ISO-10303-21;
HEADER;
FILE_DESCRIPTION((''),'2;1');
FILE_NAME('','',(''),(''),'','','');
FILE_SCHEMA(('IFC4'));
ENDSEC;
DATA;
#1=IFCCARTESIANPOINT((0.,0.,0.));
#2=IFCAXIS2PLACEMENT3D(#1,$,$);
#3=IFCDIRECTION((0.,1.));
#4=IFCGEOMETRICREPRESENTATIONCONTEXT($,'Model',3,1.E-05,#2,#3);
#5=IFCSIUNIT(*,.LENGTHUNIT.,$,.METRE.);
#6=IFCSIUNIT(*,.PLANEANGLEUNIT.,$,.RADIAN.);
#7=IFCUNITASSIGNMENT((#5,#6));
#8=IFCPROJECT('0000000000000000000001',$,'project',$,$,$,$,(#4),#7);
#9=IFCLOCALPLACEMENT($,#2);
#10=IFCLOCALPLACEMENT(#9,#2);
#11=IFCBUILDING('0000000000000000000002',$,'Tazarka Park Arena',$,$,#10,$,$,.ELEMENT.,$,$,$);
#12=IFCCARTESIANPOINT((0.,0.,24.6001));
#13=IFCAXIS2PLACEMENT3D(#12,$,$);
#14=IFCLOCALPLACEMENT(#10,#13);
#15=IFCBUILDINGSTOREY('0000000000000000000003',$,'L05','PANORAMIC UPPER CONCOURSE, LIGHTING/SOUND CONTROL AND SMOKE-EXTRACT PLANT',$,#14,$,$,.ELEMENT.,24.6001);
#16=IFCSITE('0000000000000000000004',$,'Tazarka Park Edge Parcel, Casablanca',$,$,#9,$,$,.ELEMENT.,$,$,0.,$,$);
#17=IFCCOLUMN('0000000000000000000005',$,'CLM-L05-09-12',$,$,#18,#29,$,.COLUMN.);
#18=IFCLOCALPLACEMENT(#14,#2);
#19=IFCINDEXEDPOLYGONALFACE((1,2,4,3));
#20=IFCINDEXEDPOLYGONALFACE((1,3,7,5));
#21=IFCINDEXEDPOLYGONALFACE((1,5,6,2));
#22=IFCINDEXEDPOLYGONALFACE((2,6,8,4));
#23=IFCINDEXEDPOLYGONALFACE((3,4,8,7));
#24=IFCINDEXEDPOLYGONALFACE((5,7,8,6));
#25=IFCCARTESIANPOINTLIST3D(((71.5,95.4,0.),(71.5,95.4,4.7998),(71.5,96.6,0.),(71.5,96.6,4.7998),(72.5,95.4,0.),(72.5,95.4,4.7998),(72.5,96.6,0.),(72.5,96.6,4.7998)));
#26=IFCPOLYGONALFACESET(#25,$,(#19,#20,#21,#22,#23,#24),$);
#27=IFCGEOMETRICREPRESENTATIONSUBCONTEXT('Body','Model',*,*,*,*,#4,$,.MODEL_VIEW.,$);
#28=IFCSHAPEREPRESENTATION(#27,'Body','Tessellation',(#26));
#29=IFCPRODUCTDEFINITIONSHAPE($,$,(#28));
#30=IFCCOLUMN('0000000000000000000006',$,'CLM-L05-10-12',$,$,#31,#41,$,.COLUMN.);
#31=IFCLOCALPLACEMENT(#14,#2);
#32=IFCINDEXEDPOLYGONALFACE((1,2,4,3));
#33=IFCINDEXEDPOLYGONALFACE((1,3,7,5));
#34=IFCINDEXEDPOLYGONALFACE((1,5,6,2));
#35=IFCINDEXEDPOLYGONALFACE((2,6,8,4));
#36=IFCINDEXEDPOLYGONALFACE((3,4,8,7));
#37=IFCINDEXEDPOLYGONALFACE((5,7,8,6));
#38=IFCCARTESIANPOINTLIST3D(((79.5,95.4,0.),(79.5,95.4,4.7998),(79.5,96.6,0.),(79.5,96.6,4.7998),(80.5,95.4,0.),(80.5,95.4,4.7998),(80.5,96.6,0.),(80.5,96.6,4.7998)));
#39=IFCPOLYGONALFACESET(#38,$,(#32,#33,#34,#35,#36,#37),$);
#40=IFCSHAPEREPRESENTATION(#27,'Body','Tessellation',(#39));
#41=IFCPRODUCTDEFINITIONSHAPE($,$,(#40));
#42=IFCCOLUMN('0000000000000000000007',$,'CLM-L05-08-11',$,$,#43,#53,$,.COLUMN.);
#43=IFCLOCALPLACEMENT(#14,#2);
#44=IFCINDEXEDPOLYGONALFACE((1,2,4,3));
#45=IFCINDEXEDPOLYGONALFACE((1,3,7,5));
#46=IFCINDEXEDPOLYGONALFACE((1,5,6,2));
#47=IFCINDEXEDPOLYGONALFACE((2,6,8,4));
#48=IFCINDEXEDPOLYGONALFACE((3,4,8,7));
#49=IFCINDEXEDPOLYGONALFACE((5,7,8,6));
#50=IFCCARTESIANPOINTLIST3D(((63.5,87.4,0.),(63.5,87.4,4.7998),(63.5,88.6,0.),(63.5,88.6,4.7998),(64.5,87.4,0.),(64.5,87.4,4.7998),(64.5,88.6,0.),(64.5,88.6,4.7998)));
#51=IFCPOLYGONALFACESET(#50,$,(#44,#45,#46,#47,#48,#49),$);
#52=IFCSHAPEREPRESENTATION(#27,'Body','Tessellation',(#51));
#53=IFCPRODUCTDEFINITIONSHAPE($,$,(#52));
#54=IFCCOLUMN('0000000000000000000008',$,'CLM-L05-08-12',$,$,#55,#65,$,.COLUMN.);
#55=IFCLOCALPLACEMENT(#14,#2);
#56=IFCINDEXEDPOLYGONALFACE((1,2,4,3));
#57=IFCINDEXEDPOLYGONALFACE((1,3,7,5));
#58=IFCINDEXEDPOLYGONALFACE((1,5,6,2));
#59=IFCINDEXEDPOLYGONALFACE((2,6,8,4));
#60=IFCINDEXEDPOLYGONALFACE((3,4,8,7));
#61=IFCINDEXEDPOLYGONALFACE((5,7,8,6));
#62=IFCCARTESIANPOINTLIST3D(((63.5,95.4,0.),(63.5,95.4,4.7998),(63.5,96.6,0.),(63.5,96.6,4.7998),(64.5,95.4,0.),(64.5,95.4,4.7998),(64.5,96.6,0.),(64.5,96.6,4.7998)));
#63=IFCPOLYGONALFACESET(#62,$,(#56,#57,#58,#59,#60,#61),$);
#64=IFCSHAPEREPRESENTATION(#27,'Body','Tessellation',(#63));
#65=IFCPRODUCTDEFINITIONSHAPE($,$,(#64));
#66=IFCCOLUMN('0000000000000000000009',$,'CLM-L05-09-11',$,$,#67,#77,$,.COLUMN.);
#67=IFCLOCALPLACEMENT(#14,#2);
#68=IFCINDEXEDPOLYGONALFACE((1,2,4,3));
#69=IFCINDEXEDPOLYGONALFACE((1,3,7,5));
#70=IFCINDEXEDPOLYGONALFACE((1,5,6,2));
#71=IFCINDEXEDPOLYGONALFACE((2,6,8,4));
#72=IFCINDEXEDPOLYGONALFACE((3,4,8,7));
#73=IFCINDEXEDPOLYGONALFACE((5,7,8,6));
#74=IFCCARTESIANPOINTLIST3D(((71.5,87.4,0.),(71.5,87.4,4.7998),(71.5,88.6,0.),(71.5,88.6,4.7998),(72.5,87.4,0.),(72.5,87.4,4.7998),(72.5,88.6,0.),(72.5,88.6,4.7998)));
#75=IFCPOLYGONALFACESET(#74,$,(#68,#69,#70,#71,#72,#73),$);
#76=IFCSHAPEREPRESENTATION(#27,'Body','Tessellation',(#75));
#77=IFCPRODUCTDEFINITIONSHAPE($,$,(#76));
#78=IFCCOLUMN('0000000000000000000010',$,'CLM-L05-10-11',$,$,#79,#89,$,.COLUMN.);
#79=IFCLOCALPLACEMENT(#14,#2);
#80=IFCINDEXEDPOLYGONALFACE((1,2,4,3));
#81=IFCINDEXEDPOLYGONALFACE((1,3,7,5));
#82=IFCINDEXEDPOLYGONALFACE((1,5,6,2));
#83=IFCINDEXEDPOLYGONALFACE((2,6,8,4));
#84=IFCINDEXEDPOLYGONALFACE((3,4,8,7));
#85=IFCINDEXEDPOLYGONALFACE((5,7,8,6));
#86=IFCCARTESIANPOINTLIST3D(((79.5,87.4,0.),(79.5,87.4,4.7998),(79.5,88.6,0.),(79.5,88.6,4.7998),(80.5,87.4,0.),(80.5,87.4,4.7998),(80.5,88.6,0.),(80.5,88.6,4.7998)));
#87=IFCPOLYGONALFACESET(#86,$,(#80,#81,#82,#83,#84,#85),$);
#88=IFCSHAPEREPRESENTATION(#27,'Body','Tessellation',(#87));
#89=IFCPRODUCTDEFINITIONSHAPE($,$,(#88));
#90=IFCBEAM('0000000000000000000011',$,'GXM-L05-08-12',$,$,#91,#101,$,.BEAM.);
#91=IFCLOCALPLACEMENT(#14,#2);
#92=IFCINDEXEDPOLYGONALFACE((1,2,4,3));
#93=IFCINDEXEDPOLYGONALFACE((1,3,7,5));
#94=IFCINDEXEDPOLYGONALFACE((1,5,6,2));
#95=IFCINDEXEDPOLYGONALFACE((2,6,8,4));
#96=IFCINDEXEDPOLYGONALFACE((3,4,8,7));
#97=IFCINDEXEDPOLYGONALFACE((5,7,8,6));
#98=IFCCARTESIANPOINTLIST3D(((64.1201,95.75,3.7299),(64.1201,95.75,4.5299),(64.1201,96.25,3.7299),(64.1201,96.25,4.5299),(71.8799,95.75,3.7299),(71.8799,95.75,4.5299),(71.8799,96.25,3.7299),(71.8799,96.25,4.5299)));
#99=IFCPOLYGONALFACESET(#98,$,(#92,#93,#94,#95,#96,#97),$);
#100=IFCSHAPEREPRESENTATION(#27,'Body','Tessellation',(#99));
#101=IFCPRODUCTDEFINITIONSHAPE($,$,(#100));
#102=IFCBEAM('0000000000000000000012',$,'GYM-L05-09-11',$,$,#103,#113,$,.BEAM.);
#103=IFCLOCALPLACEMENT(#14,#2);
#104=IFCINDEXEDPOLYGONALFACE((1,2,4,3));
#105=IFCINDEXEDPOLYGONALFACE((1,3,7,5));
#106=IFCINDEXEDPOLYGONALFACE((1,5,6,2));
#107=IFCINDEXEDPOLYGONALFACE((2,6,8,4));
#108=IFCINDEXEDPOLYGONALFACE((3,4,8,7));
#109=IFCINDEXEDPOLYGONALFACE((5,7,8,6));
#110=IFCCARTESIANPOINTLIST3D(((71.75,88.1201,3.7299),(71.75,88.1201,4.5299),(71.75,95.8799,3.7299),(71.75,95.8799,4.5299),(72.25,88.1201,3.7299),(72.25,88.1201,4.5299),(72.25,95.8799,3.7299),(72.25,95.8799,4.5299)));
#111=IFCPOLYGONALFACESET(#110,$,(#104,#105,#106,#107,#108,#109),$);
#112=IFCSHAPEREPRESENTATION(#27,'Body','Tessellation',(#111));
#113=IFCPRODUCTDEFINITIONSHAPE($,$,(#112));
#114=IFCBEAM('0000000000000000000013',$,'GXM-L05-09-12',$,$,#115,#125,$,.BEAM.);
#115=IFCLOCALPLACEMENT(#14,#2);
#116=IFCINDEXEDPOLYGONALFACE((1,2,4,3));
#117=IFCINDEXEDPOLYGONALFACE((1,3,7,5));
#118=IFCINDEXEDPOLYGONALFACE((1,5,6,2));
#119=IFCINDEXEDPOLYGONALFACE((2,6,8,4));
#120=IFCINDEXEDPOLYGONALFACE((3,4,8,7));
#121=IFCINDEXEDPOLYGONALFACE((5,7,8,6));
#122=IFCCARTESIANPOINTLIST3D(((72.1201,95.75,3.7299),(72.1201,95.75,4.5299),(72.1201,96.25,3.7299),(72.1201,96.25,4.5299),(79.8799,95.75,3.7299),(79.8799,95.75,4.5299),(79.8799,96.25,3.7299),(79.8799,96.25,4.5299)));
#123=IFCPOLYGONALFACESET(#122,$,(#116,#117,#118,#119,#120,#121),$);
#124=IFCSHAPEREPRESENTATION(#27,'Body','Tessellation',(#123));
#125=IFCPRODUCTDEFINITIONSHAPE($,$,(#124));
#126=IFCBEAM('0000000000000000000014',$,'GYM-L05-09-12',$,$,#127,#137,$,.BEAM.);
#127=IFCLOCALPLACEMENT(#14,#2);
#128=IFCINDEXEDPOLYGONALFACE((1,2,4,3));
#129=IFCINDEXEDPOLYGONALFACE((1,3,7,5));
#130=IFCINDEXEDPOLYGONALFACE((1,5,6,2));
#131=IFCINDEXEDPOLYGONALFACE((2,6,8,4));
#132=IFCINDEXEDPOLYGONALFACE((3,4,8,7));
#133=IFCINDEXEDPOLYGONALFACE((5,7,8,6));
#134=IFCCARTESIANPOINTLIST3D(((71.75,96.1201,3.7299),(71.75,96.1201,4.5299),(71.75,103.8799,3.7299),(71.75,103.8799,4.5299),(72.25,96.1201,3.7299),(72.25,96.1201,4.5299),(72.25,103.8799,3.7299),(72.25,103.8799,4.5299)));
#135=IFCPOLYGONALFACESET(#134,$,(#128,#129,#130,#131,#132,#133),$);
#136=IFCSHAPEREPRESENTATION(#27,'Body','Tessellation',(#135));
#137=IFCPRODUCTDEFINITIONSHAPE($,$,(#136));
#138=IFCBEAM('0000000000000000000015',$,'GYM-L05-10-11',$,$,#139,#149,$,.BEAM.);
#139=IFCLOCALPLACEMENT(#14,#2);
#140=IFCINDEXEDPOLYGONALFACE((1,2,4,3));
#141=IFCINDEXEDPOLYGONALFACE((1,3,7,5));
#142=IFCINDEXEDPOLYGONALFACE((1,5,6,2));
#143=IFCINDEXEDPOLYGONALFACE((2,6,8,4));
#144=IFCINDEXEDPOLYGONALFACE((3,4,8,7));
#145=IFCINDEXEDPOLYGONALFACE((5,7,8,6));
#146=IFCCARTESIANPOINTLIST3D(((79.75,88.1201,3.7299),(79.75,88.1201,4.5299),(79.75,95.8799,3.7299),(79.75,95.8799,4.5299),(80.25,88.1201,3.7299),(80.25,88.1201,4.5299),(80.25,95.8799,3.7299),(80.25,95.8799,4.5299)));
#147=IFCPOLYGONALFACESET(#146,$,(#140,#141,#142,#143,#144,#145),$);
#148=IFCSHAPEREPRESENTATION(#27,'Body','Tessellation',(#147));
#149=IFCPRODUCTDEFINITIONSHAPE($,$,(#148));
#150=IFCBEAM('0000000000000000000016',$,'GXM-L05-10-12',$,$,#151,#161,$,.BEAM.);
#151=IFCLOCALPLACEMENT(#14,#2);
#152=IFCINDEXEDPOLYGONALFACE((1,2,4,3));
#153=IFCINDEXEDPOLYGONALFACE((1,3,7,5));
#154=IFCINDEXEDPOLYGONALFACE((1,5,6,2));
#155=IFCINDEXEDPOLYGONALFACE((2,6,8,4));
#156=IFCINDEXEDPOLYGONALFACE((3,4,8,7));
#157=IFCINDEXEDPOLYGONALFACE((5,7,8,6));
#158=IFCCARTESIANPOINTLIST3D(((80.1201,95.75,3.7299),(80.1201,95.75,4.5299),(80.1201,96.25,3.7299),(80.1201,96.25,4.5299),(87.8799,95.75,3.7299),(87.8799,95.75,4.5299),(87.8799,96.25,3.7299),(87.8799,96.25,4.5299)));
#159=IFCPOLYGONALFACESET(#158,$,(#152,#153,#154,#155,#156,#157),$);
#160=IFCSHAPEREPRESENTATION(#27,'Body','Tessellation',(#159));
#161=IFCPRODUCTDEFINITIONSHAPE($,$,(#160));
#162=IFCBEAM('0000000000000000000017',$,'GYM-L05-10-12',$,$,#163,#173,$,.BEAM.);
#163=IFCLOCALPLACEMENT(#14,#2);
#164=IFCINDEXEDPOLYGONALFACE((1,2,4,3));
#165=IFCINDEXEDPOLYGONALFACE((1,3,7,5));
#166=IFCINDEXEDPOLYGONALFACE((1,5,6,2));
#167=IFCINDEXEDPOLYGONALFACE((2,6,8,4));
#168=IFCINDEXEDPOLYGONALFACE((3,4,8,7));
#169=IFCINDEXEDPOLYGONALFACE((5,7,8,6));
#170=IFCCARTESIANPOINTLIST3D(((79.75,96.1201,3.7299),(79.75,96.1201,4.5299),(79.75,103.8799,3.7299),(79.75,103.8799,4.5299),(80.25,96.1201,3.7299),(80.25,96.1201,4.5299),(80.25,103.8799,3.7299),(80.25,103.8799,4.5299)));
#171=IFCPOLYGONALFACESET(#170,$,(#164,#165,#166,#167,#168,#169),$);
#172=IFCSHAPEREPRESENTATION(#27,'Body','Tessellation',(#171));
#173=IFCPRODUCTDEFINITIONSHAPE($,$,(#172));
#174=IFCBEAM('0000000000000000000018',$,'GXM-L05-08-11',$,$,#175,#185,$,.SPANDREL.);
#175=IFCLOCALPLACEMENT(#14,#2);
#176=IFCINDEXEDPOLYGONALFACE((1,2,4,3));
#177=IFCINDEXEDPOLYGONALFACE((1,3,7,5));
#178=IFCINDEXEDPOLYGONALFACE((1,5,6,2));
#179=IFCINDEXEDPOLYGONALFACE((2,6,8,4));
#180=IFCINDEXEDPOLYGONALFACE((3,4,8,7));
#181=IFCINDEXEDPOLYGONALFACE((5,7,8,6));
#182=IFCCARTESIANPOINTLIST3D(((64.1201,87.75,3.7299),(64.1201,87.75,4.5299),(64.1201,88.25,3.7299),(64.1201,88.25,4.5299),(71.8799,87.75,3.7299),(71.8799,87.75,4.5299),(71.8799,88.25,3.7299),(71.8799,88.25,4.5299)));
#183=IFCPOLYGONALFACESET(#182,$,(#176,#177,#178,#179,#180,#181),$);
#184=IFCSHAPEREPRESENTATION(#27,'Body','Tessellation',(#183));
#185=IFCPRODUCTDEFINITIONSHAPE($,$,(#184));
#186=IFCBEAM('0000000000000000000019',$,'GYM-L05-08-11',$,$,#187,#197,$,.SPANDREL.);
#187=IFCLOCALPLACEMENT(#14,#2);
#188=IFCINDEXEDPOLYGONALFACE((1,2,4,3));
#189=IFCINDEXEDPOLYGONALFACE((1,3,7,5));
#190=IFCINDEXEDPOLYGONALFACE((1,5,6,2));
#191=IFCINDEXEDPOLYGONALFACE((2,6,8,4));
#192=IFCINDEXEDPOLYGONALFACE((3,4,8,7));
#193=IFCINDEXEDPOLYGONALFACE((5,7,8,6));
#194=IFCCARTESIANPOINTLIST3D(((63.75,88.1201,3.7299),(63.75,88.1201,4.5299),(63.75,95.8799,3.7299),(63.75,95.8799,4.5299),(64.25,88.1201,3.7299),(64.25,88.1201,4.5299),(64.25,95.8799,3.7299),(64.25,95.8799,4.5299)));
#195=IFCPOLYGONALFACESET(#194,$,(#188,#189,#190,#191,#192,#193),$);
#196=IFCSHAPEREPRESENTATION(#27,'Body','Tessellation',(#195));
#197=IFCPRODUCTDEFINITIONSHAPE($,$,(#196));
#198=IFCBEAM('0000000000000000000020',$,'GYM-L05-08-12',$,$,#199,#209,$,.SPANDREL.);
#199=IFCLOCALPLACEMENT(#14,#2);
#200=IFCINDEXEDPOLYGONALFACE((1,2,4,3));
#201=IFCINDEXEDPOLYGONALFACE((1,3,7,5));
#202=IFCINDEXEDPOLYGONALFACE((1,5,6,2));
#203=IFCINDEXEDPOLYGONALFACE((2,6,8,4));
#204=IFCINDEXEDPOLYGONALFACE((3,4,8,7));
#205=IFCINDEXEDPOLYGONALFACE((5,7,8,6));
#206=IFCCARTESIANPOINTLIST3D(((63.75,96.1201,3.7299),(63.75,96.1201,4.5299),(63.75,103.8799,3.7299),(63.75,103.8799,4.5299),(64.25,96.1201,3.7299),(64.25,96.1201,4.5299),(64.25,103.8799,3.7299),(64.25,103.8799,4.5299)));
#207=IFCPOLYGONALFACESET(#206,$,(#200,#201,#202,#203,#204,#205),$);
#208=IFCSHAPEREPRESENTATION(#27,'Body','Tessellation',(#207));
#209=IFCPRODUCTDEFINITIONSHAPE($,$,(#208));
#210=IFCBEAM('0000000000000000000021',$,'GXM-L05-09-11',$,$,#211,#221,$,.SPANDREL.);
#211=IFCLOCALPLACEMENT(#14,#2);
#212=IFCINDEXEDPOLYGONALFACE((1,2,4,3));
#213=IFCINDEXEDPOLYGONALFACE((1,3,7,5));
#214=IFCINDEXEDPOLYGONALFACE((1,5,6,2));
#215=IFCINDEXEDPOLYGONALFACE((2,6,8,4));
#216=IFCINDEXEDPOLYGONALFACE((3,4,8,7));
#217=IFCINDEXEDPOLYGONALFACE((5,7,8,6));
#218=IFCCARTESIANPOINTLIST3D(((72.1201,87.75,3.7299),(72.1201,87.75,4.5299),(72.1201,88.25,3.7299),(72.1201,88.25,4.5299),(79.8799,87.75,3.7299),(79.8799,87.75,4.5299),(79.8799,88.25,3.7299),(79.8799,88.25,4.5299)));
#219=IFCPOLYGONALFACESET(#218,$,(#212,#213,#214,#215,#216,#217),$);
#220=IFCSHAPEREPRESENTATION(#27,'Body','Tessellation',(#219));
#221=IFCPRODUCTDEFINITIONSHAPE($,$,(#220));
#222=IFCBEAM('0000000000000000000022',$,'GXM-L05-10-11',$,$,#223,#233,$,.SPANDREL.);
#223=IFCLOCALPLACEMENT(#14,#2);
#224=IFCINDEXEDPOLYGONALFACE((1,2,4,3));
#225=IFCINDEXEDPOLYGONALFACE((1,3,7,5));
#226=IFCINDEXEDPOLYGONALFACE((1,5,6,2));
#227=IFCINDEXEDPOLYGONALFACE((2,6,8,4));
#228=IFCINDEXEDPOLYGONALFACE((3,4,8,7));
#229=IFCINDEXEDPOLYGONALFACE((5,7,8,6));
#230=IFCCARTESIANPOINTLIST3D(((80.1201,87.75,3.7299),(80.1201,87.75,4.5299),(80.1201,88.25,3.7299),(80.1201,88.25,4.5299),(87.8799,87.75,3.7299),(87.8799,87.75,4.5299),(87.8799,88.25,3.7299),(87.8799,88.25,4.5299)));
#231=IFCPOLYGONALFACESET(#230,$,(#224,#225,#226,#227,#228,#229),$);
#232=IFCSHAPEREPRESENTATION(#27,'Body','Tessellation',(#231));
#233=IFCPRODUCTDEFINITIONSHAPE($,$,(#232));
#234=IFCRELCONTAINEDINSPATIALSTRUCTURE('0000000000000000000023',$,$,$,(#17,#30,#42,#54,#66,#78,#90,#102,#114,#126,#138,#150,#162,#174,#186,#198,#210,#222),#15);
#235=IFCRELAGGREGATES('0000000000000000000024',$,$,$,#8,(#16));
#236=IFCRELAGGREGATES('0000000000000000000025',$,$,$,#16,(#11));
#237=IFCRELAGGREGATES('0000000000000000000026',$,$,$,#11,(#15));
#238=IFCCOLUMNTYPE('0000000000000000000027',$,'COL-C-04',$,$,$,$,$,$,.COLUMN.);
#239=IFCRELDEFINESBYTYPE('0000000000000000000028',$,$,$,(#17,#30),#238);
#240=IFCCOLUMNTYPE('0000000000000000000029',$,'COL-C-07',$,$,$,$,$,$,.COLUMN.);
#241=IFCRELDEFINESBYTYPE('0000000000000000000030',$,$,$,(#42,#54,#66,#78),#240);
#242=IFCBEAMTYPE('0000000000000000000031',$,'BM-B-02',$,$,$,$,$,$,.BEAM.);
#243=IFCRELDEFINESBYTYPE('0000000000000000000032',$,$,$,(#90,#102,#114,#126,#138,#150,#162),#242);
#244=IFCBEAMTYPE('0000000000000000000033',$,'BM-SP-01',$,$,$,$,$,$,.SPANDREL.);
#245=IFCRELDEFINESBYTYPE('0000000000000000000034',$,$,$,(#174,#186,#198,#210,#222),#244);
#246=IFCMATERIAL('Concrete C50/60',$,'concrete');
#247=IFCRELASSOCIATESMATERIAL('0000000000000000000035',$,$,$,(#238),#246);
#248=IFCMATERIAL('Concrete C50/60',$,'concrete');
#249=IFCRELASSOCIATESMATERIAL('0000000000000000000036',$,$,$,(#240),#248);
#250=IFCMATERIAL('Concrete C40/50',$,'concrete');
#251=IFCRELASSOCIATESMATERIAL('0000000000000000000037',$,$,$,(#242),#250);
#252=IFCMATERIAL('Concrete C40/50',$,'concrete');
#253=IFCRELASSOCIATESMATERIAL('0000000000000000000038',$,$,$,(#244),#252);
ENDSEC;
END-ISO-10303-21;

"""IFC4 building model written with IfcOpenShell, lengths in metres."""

from ifc_helpers import new_model, si_unit, direction, frame, origin, origin_2d, place, context, subcontext, project, spatial, rectangle, extrude, material, material_profile, profile_set, type_object, element, save


model = new_model("IFC4")

# Units and contexts
model_context = context("Model", 3, precision=1e-05, world=origin(), true_north=direction((0.0, 1.0)))
body_context = subcontext(model_context, "Body", "Model", "MODEL_VIEW")
ifc_project = project(units=[si_unit("LENGTHUNIT", "METRE"), si_unit("PLANEANGLEUNIT", "RADIAN")], contexts=[model_context])

# Site, building, storey
site_placement = place(None, origin())
site = spatial("IfcSite", under=ifc_project, at=site_placement, Name="Tazarka Park Edge Parcel, Casablanca", CompositionType="ELEMENT", RefElevation=0.0)
building_placement = place(site_placement, origin())
building = spatial("IfcBuilding", under=site, at=building_placement, Name="Tazarka Park Arena", CompositionType="ELEMENT")
storey_placement = place(building_placement, frame((0.0, 0.0, 24.6001)))
storey = spatial("IfcBuildingStorey", under=building, at=storey_placement, Name="L05", Description="PANORAMIC UPPER CONCOURSE, LIGHTING/SOUND CONTROL AND SMOKE-EXTRACT PLANT", CompositionType="ELEMENT", Elevation=24.6001)

# Columns
ifc_material_1 = material(Name="Concrete C50/60", Category="concrete")
ifc_material_profile_1 = material_profile(ifc_material_1, rectangle(XDim=1.0, YDim=1.2, at=origin_2d()), Name="Concrete C50/60")
ifc_profile_set_1 = profile_set([ifc_material_profile_1], Name="Concrete C50/60")
column_type_1 = type_object("IfcColumnType", Name="COL-C-04", PredefinedType="COLUMN", material=ifc_profile_set_1)
for number, where, z_axis, x_axis, name in (
    (1, (72.0, 96.0, 0.0), (0.0, 0.0, 1.0), (1.0, 0.0, 0.0), "CLM-L05-09-12"),
    (2, (80.0, 96.0, 0.0), (0.0, 0.0, 1.0), (1.0, 0.0, 0.0), "CLM-L05-10-12"),
):
    element("IfcColumn", number, at=place(storey_placement, frame(where, z_axis=z_axis, x_axis=x_axis)), inside=storey, type_object=column_type_1, Name=name, PredefinedType="COLUMN", context=body_context, shape_type="SweptSolid", body=[
        extrude(rectangle(XDim=1.0, YDim=1.2, at=origin_2d()), origin(), (0.0, 0.0, 1.0), 4.7998),
    ])
ifc_material_2 = material(Name="Concrete C50/60", Category="concrete")
ifc_material_profile_2 = material_profile(ifc_material_2, rectangle(XDim=1.0, YDim=1.2, at=origin_2d()), Name="Concrete C50/60")
ifc_profile_set_2 = profile_set([ifc_material_profile_2], Name="Concrete C50/60")
column_type_2 = type_object("IfcColumnType", Name="COL-C-07", PredefinedType="COLUMN", material=ifc_profile_set_2)
for number, where, z_axis, x_axis, name in (
    (3, (64.0, 88.0, 0.0), (0.0, 0.0, 1.0), (1.0, 0.0, 0.0), "CLM-L05-08-11"),
    (4, (64.0, 96.0, 0.0), (0.0, 0.0, 1.0), (1.0, 0.0, 0.0), "CLM-L05-08-12"),
    (5, (72.0, 88.0, 0.0), (0.0, 0.0, 1.0), (1.0, 0.0, 0.0), "CLM-L05-09-11"),
    (6, (80.0, 88.0, 0.0), (0.0, 0.0, 1.0), (1.0, 0.0, 0.0), "CLM-L05-10-11"),
):
    element("IfcColumn", number, at=place(storey_placement, frame(where, z_axis=z_axis, x_axis=x_axis)), inside=storey, type_object=column_type_2, Name=name, PredefinedType="COLUMN", context=body_context, shape_type="SweptSolid", body=[
        extrude(rectangle(XDim=1.0, YDim=1.2, at=origin_2d()), origin(), (0.0, 0.0, 1.0), 4.7998),
    ])

# Beams
ifc_material_3 = material(Name="Concrete C40/50", Category="concrete")
ifc_material_profile_3 = material_profile(ifc_material_3, rectangle(XDim=0.5, YDim=0.8, at=origin_2d()), Name="Concrete C40/50")
ifc_profile_set_3 = profile_set([ifc_material_profile_3], Name="Concrete C40/50")
beam_type_1 = type_object("IfcBeamType", Name="BM-B-02", PredefinedType="BEAM", material=ifc_profile_set_3)
for number, where, z_axis, x_axis, name in (
    (7, (64.1201, 96.0, 4.1299), (1.0, 0.0, 0.0), (0.0, 1.0, 0.0), "GXM-L05-08-12"),
    (8, (72.0, 88.1201, 4.1299), (0.0, 1.0, 0.0), (-1.0, 0.0, 0.0), "GYM-L05-09-11"),
    (9, (72.1201, 96.0, 4.1299), (1.0, 0.0, 0.0), (0.0, 1.0, 0.0), "GXM-L05-09-12"),
    (10, (72.0, 96.1201, 4.1299), (0.0, 1.0, 0.0), (-1.0, 0.0, 0.0), "GYM-L05-09-12"),
    (11, (80.0, 88.1201, 4.1299), (0.0, 1.0, 0.0), (-1.0, 0.0, 0.0), "GYM-L05-10-11"),
    (12, (80.1201, 96.0, 4.1299), (1.0, 0.0, 0.0), (0.0, 1.0, 0.0), "GXM-L05-10-12"),
    (13, (80.0, 96.1201, 4.1299), (0.0, 1.0, 0.0), (-1.0, 0.0, 0.0), "GYM-L05-10-12"),
):
    element("IfcBeam", number, at=place(storey_placement, frame(where, z_axis=z_axis, x_axis=x_axis)), inside=storey, type_object=beam_type_1, Name=name, PredefinedType="BEAM", context=body_context, shape_type="SweptSolid", body=[
        extrude(rectangle(XDim=0.5, YDim=0.8, at=origin_2d()), origin(), (0.0, 0.0, 1.0), 7.7598),
    ])
ifc_material_4 = material(Name="Concrete C40/50", Category="concrete")
ifc_material_profile_4 = material_profile(ifc_material_4, rectangle(XDim=0.5, YDim=0.8, at=origin_2d()), Name="Concrete C40/50")
ifc_profile_set_4 = profile_set([ifc_material_profile_4], Name="Concrete C40/50")
beam_type_2 = type_object("IfcBeamType", Name="BM-SP-01", PredefinedType="SPANDREL", material=ifc_profile_set_4)
for number, where, z_axis, x_axis, name in (
    (14, (64.1201, 88.0, 4.1299), (1.0, 0.0, 0.0), (0.0, 1.0, 0.0), "GXM-L05-08-11"),
    (15, (64.0, 88.1201, 4.1299), (0.0, 1.0, 0.0), (-1.0, 0.0, 0.0), "GYM-L05-08-11"),
    (16, (64.0, 96.1201, 4.1299), (0.0, 1.0, 0.0), (-1.0, 0.0, 0.0), "GYM-L05-08-12"),
    (17, (72.1201, 88.0, 4.1299), (1.0, 0.0, 0.0), (0.0, 1.0, 0.0), "GXM-L05-09-11"),
    (18, (80.1201, 88.0, 4.1299), (1.0, 0.0, 0.0), (0.0, 1.0, 0.0), "GXM-L05-10-11"),
):
    element("IfcBeam", number, at=place(storey_placement, frame(where, z_axis=z_axis, x_axis=x_axis)), inside=storey, type_object=beam_type_2, Name=name, PredefinedType="SPANDREL", context=body_context, shape_type="SweptSolid", body=[
        extrude(rectangle(XDim=0.5, YDim=0.8, at=origin_2d()), origin(), (0.0, 0.0, 1.0), 7.7598),
    ])

save(model, "model.ifc")
